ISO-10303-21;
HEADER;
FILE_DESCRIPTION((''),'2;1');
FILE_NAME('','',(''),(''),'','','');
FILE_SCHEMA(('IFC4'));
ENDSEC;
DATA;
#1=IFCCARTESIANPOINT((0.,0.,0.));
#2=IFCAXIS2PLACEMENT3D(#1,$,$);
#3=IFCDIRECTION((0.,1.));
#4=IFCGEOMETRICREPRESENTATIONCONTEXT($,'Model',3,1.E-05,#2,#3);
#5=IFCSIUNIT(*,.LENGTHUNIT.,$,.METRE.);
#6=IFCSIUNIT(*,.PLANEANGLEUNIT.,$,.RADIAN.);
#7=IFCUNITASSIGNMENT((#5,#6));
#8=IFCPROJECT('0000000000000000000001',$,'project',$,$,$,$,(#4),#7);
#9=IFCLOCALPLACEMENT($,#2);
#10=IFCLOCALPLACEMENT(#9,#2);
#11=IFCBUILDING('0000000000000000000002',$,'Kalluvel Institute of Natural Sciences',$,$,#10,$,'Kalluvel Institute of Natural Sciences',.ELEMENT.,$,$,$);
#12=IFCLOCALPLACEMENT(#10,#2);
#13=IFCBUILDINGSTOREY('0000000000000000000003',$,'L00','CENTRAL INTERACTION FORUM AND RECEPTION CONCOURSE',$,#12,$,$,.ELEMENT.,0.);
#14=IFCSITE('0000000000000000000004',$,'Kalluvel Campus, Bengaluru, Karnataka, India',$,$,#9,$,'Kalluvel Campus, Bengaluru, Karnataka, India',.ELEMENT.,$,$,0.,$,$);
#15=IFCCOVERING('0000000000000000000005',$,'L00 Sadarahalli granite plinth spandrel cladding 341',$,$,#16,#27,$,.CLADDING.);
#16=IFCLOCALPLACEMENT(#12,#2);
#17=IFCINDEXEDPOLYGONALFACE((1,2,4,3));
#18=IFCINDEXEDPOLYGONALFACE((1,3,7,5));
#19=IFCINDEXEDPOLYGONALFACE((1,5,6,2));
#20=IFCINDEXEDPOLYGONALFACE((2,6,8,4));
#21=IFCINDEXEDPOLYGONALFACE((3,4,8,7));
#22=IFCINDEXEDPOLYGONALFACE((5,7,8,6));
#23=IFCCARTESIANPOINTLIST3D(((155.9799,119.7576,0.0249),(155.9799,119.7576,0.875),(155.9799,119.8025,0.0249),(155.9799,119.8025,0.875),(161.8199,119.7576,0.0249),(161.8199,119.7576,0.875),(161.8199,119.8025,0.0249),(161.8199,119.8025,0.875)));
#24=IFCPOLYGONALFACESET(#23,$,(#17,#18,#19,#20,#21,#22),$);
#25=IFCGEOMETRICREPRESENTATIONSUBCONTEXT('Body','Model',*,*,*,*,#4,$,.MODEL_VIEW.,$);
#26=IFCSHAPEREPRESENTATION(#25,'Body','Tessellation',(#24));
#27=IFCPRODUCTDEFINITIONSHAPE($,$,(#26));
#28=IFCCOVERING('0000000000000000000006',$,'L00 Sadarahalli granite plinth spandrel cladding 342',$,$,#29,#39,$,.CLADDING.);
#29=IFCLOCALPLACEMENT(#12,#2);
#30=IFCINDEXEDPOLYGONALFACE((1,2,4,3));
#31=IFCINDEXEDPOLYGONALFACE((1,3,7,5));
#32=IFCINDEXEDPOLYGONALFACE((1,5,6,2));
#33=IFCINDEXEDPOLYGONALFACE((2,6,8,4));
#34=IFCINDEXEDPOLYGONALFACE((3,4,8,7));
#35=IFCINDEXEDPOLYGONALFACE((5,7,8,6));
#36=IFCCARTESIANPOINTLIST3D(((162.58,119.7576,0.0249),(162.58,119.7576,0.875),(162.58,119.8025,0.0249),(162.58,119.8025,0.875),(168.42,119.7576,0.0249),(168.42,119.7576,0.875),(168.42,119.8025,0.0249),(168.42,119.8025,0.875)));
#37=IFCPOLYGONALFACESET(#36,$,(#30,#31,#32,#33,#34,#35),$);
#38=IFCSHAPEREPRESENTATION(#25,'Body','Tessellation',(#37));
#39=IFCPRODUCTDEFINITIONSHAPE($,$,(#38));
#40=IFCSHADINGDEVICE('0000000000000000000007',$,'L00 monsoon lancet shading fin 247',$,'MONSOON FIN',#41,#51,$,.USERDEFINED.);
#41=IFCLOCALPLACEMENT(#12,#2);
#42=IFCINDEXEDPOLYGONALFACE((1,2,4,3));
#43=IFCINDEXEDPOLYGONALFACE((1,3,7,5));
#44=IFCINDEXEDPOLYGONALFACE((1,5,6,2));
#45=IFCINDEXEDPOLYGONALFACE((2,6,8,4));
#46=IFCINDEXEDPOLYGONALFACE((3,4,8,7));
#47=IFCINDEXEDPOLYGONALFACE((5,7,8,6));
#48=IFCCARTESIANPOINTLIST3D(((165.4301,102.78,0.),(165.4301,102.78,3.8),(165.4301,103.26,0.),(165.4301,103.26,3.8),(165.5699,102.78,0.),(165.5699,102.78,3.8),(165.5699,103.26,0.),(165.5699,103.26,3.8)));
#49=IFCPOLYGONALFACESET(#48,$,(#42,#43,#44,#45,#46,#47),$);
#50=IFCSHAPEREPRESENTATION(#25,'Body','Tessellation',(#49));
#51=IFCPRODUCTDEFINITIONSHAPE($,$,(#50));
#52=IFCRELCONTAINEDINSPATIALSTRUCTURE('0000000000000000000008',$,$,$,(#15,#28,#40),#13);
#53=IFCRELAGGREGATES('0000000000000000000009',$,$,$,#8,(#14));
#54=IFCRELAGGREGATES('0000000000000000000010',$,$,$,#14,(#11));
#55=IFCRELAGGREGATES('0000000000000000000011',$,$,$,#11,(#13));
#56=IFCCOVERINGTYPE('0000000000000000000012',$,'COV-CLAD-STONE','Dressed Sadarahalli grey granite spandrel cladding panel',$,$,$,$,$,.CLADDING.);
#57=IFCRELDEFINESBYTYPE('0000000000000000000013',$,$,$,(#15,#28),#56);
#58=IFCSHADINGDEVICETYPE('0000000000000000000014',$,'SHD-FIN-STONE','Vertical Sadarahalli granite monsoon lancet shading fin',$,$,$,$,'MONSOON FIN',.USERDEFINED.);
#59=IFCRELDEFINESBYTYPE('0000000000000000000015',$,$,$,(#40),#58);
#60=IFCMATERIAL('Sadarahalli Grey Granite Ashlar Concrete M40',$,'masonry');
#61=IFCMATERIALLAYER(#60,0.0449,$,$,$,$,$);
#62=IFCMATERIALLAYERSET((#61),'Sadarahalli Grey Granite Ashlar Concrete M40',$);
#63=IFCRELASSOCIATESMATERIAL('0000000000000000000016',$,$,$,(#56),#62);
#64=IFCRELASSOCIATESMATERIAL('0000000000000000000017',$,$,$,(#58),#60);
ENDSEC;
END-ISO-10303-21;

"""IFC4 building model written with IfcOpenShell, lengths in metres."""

from ifc_helpers import new_model, si_unit, direction, frame, origin, origin_2d, place, context, subcontext, project, spatial, rectangle, extrude, material, layer, layer_set, type_object, element, save


model = new_model("IFC4")

# Units and contexts
model_context = context("Model", 3, precision=1e-05, world=origin(), true_north=direction((0.0, 1.0)))
body_context = subcontext(model_context, "Body", "Model", "MODEL_VIEW")
ifc_project = project(units=[si_unit("LENGTHUNIT", "METRE"), si_unit("PLANEANGLEUNIT", "RADIAN")], contexts=[model_context])

# Site, building, storey
site_placement = place(None, origin())
site = spatial("IfcSite", under=ifc_project, at=site_placement, Name="Kalluvel Campus, Bengaluru, Karnataka, India", LongName="Kalluvel Campus, Bengaluru, Karnataka, India", CompositionType="ELEMENT", RefElevation=0.0)
building_placement = place(site_placement, origin())
building = spatial("IfcBuilding", under=site, at=building_placement, Name="Kalluvel Institute of Natural Sciences", LongName="Kalluvel Institute of Natural Sciences", CompositionType="ELEMENT")
storey_placement = place(building_placement, origin())
storey = spatial("IfcBuildingStorey", under=building, at=storey_placement, Name="L00", Description="CENTRAL INTERACTION FORUM AND RECEPTION CONCOURSE", CompositionType="ELEMENT", Elevation=0.0)

# Shared definitions
ifc_material_1 = material(Name="Sadarahalli Grey Granite Ashlar Concrete M40", Category="masonry")

# Coverings
ifc_layer_1 = layer(ifc_material_1, 0.0449)
ifc_layer_set_1 = layer_set([ifc_layer_1], Name="Sadarahalli Grey Granite Ashlar Concrete M40")
covering_type = type_object("IfcCoveringType", Name="COV-CLAD-STONE", Description="Dressed Sadarahalli grey granite spandrel cladding panel", PredefinedType="CLADDING", material=ifc_layer_set_1)
for number, where, z_axis, x_axis, name in (
    (1, (158.8999, 119.78, 0.0249), (0.0, 0.0, 1.0), (1.0, 0.0, 0.0), "L00 Sadarahalli granite plinth spandrel cladding 341"),
    (2, (165.5, 119.78, 0.0249), (0.0, 0.0, 1.0), (1.0, 0.0, 0.0), "L00 Sadarahalli granite plinth spandrel cladding 342"),
):
    element("IfcCovering", number, at=place(storey_placement, frame(where, z_axis=z_axis, x_axis=x_axis)), inside=storey, type_object=covering_type, Name=name, PredefinedType="CLADDING", context=body_context, shape_type="SweptSolid", body=[
        extrude(rectangle(XDim=5.8401, YDim=0.0449, at=origin_2d()), origin(), (0.0, 0.0, 1.0), 0.8501),
    ])

# Shading device
shading_device_type = type_object("IfcShadingDeviceType", Name="SHD-FIN-STONE", Description="Vertical Sadarahalli granite monsoon lancet shading fin", ElementType="MONSOON FIN", PredefinedType="USERDEFINED", material=ifc_material_1)
shading_device_placement = place(storey_placement, frame((165.5, 103.02, 0.0), z_axis=(0.0, 0.0, 1.0), x_axis=(1.0, 0.0, 0.0)))
element("IfcShadingDevice", 3, at=shading_device_placement, inside=storey, type_object=shading_device_type, Name="L00 monsoon lancet shading fin 247", ObjectType="MONSOON FIN", PredefinedType="USERDEFINED", context=body_context, shape_type="SweptSolid", body=[
    extrude(rectangle(XDim=0.1399, YDim=0.48, at=origin_2d()), origin(), (0.0, 0.0, 1.0), 3.8),
])

save(model, "model.ifc")
